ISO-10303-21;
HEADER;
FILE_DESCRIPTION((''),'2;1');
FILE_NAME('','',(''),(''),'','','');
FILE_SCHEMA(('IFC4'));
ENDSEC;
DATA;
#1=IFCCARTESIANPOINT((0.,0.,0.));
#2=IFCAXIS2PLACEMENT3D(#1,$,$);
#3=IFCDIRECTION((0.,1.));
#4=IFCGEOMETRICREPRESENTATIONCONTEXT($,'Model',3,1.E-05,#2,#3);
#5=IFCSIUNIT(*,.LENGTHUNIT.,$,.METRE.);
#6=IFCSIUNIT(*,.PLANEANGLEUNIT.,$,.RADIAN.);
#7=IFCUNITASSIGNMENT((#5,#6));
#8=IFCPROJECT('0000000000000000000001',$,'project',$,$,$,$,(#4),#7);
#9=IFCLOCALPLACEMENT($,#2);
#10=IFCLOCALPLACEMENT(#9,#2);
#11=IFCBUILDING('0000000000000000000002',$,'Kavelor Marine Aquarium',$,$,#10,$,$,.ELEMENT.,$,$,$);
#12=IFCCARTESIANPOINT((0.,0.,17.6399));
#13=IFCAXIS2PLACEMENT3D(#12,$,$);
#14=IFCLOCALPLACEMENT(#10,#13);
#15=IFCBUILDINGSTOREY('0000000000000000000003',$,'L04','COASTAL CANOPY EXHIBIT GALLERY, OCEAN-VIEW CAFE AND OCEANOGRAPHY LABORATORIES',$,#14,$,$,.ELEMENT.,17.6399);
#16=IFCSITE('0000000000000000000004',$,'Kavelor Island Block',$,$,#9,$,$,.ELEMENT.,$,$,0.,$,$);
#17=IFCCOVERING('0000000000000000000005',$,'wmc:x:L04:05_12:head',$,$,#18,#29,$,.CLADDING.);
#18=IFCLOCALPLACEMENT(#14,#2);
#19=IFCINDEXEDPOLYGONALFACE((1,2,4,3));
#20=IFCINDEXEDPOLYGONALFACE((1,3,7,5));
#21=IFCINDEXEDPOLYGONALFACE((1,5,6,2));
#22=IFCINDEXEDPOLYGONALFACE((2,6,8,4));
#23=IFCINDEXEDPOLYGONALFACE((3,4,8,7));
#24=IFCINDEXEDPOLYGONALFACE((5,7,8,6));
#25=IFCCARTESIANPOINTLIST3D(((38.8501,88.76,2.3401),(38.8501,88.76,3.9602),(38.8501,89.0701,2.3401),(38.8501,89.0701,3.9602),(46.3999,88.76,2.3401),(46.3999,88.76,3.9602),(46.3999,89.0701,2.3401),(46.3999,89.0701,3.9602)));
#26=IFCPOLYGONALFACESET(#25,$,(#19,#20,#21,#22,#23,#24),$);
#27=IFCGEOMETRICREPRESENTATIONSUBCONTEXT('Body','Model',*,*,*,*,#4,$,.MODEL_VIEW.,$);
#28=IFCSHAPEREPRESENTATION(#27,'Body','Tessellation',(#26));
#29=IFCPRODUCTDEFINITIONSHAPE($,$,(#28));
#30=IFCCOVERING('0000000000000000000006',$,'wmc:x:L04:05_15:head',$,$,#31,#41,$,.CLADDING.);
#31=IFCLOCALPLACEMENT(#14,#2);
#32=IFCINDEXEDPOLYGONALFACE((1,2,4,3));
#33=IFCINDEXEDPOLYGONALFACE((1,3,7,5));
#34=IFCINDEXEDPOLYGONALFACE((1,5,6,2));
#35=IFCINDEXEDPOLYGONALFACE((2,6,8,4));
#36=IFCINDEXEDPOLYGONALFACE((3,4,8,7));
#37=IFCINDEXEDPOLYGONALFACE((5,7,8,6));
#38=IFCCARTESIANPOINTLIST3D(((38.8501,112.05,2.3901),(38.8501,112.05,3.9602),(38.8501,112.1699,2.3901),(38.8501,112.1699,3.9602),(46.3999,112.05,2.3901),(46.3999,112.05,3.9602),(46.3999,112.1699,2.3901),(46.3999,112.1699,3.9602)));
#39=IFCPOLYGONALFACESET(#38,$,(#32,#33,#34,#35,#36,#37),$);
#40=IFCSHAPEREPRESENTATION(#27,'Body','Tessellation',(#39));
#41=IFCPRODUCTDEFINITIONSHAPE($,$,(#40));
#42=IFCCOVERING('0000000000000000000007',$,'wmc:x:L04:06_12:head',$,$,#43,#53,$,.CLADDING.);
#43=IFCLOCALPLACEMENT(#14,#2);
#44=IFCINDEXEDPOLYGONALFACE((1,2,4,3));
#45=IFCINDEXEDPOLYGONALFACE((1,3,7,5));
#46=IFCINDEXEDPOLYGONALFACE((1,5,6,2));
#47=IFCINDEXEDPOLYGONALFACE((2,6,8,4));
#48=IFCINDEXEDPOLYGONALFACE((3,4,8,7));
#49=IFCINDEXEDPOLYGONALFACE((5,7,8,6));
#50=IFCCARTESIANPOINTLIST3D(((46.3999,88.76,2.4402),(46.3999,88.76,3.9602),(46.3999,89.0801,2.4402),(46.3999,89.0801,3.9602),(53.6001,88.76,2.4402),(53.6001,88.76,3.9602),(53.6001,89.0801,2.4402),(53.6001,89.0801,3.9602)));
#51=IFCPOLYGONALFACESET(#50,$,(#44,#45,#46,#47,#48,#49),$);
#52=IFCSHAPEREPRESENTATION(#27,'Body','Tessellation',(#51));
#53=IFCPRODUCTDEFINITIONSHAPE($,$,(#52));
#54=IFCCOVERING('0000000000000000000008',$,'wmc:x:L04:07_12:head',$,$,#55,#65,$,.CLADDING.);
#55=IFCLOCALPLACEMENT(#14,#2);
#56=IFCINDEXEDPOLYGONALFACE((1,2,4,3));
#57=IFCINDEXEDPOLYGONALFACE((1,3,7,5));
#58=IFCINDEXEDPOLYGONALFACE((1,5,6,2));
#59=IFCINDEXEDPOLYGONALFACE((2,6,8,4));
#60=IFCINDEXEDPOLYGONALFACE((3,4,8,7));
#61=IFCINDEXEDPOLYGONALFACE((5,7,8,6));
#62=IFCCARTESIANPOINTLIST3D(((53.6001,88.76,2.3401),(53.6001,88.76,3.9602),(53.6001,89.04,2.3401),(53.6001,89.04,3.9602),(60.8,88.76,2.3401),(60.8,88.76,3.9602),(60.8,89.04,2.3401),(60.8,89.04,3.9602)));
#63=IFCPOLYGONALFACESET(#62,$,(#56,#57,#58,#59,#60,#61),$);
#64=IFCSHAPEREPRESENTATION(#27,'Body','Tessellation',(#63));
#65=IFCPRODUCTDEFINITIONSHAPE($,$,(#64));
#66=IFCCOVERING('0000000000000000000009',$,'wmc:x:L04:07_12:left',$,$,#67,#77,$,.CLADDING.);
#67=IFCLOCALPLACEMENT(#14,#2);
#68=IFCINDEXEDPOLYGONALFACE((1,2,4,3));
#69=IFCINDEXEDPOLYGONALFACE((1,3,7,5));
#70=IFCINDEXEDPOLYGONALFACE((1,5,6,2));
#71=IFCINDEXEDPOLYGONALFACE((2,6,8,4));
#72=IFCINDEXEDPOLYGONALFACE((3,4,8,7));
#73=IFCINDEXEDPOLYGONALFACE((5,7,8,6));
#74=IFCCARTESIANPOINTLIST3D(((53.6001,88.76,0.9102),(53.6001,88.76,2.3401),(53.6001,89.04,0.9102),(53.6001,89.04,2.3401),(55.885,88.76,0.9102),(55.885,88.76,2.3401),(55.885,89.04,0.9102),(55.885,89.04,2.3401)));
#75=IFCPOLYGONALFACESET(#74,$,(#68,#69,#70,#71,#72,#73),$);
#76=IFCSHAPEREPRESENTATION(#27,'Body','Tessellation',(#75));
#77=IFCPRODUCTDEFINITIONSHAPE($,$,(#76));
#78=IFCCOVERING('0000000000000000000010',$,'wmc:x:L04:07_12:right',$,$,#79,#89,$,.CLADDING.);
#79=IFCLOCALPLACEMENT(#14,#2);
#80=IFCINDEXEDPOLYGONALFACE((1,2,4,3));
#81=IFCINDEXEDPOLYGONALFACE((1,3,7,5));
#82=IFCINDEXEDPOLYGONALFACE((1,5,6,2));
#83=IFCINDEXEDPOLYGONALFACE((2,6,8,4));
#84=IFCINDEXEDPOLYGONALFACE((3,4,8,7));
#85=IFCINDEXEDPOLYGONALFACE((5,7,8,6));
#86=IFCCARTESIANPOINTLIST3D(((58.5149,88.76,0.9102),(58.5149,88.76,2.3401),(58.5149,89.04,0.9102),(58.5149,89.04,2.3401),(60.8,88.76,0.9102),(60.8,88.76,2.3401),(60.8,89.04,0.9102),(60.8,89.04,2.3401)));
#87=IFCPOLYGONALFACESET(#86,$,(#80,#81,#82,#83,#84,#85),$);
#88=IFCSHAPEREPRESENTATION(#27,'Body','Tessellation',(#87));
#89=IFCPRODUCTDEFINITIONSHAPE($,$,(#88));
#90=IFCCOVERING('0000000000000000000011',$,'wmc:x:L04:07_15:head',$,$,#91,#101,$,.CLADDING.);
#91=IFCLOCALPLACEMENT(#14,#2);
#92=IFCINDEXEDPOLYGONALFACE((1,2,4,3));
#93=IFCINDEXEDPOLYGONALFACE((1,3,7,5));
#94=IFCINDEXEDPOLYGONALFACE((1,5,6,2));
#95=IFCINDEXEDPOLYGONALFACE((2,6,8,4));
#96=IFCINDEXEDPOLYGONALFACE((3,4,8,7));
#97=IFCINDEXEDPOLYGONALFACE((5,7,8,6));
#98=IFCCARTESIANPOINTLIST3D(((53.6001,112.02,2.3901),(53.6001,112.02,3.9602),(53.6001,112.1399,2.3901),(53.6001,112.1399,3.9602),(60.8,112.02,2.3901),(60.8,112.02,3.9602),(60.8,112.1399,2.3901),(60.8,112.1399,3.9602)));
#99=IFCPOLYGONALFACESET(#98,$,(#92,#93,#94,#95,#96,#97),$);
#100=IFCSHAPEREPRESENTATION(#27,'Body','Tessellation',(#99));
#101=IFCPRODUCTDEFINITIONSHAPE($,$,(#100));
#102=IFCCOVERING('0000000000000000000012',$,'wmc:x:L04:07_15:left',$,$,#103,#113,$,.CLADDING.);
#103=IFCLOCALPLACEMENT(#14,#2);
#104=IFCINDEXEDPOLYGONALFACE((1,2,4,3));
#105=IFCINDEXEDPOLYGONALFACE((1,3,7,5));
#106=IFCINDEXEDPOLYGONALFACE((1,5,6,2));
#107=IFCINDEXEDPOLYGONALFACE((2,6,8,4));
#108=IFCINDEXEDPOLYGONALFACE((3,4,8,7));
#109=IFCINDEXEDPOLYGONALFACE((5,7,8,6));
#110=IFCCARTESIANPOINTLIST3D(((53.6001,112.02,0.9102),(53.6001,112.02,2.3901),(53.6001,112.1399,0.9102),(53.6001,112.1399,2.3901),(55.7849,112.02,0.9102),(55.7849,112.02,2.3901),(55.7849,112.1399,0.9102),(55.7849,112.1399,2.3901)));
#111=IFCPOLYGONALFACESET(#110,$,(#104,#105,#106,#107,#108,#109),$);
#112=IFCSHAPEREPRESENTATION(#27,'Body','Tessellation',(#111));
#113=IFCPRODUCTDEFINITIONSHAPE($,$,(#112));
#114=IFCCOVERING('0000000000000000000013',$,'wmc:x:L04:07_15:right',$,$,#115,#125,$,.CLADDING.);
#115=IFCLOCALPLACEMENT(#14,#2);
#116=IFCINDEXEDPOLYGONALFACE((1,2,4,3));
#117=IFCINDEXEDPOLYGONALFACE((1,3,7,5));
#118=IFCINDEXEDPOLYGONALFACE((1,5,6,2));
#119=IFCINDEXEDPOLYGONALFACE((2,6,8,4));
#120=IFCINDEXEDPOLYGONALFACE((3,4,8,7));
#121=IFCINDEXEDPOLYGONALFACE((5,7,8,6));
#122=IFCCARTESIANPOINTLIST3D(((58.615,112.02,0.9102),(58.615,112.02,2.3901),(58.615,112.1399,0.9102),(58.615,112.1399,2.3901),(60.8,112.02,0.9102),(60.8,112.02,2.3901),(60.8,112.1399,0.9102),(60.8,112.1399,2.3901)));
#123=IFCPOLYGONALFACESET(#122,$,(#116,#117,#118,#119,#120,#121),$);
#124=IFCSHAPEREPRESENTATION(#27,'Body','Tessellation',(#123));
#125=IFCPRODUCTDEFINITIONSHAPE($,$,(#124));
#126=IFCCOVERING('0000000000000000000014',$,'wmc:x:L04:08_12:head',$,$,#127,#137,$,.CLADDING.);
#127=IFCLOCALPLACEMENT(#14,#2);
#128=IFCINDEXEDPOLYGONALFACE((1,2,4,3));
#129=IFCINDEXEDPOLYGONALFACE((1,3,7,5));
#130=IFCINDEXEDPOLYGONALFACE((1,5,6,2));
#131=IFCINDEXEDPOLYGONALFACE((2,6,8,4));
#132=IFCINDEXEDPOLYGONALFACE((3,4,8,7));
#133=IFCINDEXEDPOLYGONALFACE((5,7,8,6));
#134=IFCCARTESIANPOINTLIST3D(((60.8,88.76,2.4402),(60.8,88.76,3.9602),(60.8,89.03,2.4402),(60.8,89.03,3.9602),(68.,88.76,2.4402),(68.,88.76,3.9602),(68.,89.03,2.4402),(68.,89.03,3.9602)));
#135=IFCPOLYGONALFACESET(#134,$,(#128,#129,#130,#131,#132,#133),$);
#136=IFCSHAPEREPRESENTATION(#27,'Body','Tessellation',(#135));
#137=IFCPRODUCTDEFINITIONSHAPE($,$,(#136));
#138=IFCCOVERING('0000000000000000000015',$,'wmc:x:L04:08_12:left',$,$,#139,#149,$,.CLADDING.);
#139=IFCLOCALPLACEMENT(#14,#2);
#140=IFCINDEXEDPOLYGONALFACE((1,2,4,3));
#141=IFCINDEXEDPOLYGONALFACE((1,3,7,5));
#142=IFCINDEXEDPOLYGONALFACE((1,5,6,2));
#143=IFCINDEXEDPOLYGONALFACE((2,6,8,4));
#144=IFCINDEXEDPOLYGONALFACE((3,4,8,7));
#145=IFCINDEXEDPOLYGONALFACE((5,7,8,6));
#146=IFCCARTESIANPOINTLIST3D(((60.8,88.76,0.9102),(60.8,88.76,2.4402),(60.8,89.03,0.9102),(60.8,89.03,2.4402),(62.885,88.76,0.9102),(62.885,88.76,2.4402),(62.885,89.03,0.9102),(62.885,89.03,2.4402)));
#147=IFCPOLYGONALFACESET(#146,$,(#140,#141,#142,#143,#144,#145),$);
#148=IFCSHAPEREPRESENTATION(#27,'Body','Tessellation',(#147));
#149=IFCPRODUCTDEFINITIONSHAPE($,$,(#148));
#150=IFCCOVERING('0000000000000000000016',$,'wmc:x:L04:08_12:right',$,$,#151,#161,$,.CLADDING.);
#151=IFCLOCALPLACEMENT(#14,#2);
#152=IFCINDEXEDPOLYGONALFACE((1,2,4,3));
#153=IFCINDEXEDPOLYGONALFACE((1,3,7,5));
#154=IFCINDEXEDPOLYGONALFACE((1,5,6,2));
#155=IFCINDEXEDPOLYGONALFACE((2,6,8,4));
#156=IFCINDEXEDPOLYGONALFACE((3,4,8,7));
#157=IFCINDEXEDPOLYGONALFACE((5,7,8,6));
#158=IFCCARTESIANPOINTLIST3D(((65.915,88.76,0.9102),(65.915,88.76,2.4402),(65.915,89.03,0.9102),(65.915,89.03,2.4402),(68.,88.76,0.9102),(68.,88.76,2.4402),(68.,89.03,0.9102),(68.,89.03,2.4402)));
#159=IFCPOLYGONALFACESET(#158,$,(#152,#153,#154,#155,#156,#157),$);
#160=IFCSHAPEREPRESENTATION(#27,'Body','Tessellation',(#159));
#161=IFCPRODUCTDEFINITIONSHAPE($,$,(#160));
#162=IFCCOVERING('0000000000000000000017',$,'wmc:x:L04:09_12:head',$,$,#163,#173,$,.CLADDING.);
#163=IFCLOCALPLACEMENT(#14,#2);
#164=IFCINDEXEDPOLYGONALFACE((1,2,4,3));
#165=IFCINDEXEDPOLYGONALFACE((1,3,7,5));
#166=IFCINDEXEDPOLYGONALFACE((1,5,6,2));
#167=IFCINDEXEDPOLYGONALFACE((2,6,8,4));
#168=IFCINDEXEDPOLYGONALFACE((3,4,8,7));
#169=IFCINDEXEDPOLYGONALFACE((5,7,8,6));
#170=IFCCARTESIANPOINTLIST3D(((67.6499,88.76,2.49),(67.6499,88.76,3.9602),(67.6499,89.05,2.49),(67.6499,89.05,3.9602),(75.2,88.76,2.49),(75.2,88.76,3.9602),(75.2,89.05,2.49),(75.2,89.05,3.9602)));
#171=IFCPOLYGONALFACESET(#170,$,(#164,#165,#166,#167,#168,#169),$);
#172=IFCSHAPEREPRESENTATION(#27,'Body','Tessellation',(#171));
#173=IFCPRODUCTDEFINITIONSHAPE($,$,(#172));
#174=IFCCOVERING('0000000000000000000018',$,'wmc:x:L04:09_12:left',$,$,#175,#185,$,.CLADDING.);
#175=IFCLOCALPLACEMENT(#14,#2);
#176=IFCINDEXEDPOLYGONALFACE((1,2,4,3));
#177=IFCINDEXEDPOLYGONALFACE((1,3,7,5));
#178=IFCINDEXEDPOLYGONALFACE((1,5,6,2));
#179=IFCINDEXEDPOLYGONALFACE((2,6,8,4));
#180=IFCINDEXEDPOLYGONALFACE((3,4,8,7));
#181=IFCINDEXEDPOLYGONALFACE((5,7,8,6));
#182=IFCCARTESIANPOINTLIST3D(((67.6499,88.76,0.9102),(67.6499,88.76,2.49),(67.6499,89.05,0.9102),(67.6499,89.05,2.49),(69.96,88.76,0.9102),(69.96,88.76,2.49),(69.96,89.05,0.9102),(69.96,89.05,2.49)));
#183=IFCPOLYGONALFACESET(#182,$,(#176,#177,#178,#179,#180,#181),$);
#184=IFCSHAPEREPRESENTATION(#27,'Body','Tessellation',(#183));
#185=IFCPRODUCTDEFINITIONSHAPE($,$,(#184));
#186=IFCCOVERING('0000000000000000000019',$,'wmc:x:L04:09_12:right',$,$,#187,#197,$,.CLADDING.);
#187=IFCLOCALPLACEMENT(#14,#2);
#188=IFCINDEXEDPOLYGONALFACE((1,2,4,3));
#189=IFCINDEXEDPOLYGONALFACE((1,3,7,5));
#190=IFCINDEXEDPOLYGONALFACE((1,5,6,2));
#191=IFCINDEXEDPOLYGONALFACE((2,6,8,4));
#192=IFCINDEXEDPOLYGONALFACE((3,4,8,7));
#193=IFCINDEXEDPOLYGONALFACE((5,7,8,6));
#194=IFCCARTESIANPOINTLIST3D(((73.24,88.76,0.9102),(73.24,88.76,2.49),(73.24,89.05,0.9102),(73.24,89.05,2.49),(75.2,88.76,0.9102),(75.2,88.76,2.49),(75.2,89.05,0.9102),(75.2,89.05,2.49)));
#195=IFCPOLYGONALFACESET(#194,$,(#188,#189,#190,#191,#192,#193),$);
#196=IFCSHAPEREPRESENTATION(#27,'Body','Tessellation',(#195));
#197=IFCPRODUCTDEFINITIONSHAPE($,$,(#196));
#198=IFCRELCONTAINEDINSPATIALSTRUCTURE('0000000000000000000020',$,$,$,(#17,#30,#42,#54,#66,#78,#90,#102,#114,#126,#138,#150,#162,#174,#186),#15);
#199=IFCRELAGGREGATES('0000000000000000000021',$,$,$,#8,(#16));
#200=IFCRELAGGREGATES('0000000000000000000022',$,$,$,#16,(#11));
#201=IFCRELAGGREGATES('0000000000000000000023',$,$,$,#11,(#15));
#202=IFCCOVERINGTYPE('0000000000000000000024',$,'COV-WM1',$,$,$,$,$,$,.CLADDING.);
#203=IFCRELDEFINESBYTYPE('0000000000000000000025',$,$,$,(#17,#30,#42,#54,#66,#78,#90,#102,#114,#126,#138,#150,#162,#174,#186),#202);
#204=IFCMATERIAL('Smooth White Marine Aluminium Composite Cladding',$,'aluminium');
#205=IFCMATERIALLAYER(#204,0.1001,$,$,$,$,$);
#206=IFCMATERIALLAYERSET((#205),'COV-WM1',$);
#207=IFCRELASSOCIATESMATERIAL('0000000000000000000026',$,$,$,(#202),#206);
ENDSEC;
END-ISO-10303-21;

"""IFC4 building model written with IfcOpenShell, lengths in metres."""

from ifc_helpers import new_model, si_unit, direction, frame, origin, place, context, subcontext, project, spatial, polyline, outline, extrude, material, layer, layer_set, type_object, element, save


model = new_model("IFC4")

# Units and contexts
model_context = context("Model", 3, precision=1e-05, world=origin(), true_north=direction((0.0, 1.0)))
body_context = subcontext(model_context, "Body", "Model", "MODEL_VIEW")
ifc_project = project(units=[si_unit("LENGTHUNIT", "METRE"), si_unit("PLANEANGLEUNIT", "RADIAN")], contexts=[model_context])

# Site, building, storey
site_placement = place(None, origin())
site = spatial("IfcSite", under=ifc_project, at=site_placement, Name="Kavelor Island Block", CompositionType="ELEMENT", RefElevation=0.0)
building_placement = place(site_placement, origin())
building = spatial("IfcBuilding", under=site, at=building_placement, Name="Kavelor Marine Aquarium", CompositionType="ELEMENT")
storey_placement = place(building_placement, frame((0.0, 0.0, 17.6399)))
storey = spatial("IfcBuildingStorey", under=building, at=storey_placement, Name="L04", Description="COASTAL CANOPY EXHIBIT GALLERY, OCEAN-VIEW CAFE AND OCEANOGRAPHY LABORATORIES", CompositionType="ELEMENT", Elevation=17.6399)

# Coverings
ifc_material = material(Name="Smooth White Marine Aluminium Composite Cladding", Category="aluminium")
ifc_layer = layer(ifc_material, 0.1001)
ifc_layer_set = layer_set([ifc_layer], Name="COV-WM1")
covering_type = type_object("IfcCoveringType", Name="COV-WM1", PredefinedType="CLADDING", material=ifc_layer_set)
covering_1_placement = place(storey_placement, frame((0.0, 0.0, 2.3401)))
element("IfcCovering", 1, at=covering_1_placement, inside=storey, type_object=covering_type, Name="wmc:x:L04:05_12:head", PredefinedType="CLADDING", context=body_context, shape_type="SweptSolid", body=[
    extrude(outline(polyline([(38.8501, 88.76), (46.3999, 88.76), (46.3999, 89.0701), (38.8501, 89.0701), (38.8501, 88.76)])), origin(), (0.0, 0.0, 1.0), 1.6201),
])
covering_2_placement = place(storey_placement, frame((0.0, 0.0, 2.3901)))
element("IfcCovering", 2, at=covering_2_placement, inside=storey, type_object=covering_type, Name="wmc:x:L04:05_15:head", PredefinedType="CLADDING", context=body_context, shape_type="SweptSolid", body=[
    extrude(outline(polyline([(38.8501, 112.05), (46.3999, 112.05), (46.3999, 112.1699), (38.8501, 112.1699), (38.8501, 112.05)])), origin(), (0.0, 0.0, 1.0), 1.5701),
])
covering_3_placement = place(storey_placement, frame((0.0, 0.0, 2.4402)))
element("IfcCovering", 3, at=covering_3_placement, inside=storey, type_object=covering_type, Name="wmc:x:L04:06_12:head", PredefinedType="CLADDING", context=body_context, shape_type="SweptSolid", body=[
    extrude(outline(polyline([(46.3999, 88.76), (53.6001, 88.76), (53.6001, 89.0801), (46.3999, 89.0801), (46.3999, 88.76)])), origin(), (0.0, 0.0, 1.0), 1.52),
])
covering_4_placement = place(storey_placement, frame((0.0, 0.0, 2.3401)))
element("IfcCovering", 4, at=covering_4_placement, inside=storey, type_object=covering_type, Name="wmc:x:L04:07_12:head", PredefinedType="CLADDING", context=body_context, shape_type="SweptSolid", body=[
    extrude(outline(polyline([(53.6001, 88.76), (60.8, 88.76), (60.8, 89.04), (53.6001, 89.04), (53.6001, 88.76)])), origin(), (0.0, 0.0, 1.0), 1.6201),
])
covering_5_placement = place(storey_placement, frame((0.0, 0.0, 0.9102)))
element("IfcCovering", 5, at=covering_5_placement, inside=storey, type_object=covering_type, Name="wmc:x:L04:07_12:left", PredefinedType="CLADDING", context=body_context, shape_type="SweptSolid", body=[
    extrude(outline(polyline([(53.6001, 88.76), (55.885, 88.76), (55.885, 89.04), (53.6001, 89.04), (53.6001, 88.76)])), origin(), (0.0, 0.0, 1.0), 1.4299),
])
covering_6_placement = place(storey_placement, frame((0.0, 0.0, 0.9102)))
element("IfcCovering", 6, at=covering_6_placement, inside=storey, type_object=covering_type, Name="wmc:x:L04:07_12:right", PredefinedType="CLADDING", context=body_context, shape_type="SweptSolid", body=[
    extrude(outline(polyline([(58.5149, 88.76), (60.8, 88.76), (60.8, 89.04), (58.5149, 89.04), (58.5149, 88.76)])), origin(), (0.0, 0.0, 1.0), 1.4299),
])
covering_7_placement = place(storey_placement, frame((0.0, 0.0, 2.3901)))
element("IfcCovering", 7, at=covering_7_placement, inside=storey, type_object=covering_type, Name="wmc:x:L04:07_15:head", PredefinedType="CLADDING", context=body_context, shape_type="SweptSolid", body=[
    extrude(outline(polyline([(53.6001, 112.02), (60.8, 112.02), (60.8, 112.1399), (53.6001, 112.1399), (53.6001, 112.02)])), origin(), (0.0, 0.0, 1.0), 1.5701),
])
covering_8_placement = place(storey_placement, frame((0.0, 0.0, 0.9102)))
element("IfcCovering", 8, at=covering_8_placement, inside=storey, type_object=covering_type, Name="wmc:x:L04:07_15:left", PredefinedType="CLADDING", context=body_context, shape_type="SweptSolid", body=[
    extrude(outline(polyline([(53.6001, 112.02), (55.7849, 112.02), (55.7849, 112.1399), (53.6001, 112.1399), (53.6001, 112.02)])), origin(), (0.0, 0.0, 1.0), 1.48),
])
covering_9_placement = place(storey_placement, frame((0.0, 0.0, 0.9102)))
element("IfcCovering", 9, at=covering_9_placement, inside=storey, type_object=covering_type, Name="wmc:x:L04:07_15:right", PredefinedType="CLADDING", context=body_context, shape_type="SweptSolid", body=[
    extrude(outline(polyline([(58.615, 112.02), (60.8, 112.02), (60.8, 112.1399), (58.615, 112.1399), (58.615, 112.02)])), origin(), (0.0, 0.0, 1.0), 1.48),
])
covering_10_placement = place(storey_placement, frame((0.0, 0.0, 2.4402)))
element("IfcCovering", 10, at=covering_10_placement, inside=storey, type_object=covering_type, Name="wmc:x:L04:08_12:head", PredefinedType="CLADDING", context=body_context, shape_type="SweptSolid", body=[
    extrude(outline(polyline([(60.8, 88.76), (68.0, 88.76), (68.0, 89.03), (60.8, 89.03), (60.8, 88.76)])), origin(), (0.0, 0.0, 1.0), 1.52),
])
covering_11_placement = place(storey_placement, frame((0.0, 0.0, 0.9102)))
element("IfcCovering", 11, at=covering_11_placement, inside=storey, type_object=covering_type, Name="wmc:x:L04:08_12:left", PredefinedType="CLADDING", context=body_context, shape_type="SweptSolid", body=[
    extrude(outline(polyline([(60.8, 88.76), (62.885, 88.76), (62.885, 89.03), (60.8, 89.03), (60.8, 88.76)])), origin(), (0.0, 0.0, 1.0), 1.53),
])
covering_12_placement = place(storey_placement, frame((0.0, 0.0, 0.9102)))
element("IfcCovering", 12, at=covering_12_placement, inside=storey, type_object=covering_type, Name="wmc:x:L04:08_12:right", PredefinedType="CLADDING", context=body_context, shape_type="SweptSolid", body=[
    extrude(outline(polyline([(65.915, 88.76), (68.0, 88.76), (68.0, 89.03), (65.915, 89.03), (65.915, 88.76)])), origin(), (0.0, 0.0, 1.0), 1.53),
])
covering_13_placement = place(storey_placement, frame((0.0, 0.0, 2.49)))
element("IfcCovering", 13, at=covering_13_placement, inside=storey, type_object=covering_type, Name="wmc:x:L04:09_12:head", PredefinedType="CLADDING", context=body_context, shape_type="SweptSolid", body=[
    extrude(outline(polyline([(67.6499, 88.76), (75.2, 88.76), (75.2, 89.05), (67.6499, 89.05), (67.6499, 88.76)])), origin(), (0.0, 0.0, 1.0), 1.4702),
])
covering_14_placement = place(storey_placement, frame((0.0, 0.0, 0.9102)))
element("IfcCovering", 14, at=covering_14_placement, inside=storey, type_object=covering_type, Name="wmc:x:L04:09_12:left", PredefinedType="CLADDING", context=body_context, shape_type="SweptSolid", body=[
    extrude(outline(polyline([(67.6499, 88.76), (69.96, 88.76), (69.96, 89.05), (67.6499, 89.05), (67.6499, 88.76)])), origin(), (0.0, 0.0, 1.0), 1.5798),
])
covering_15_placement = place(storey_placement, frame((0.0, 0.0, 0.9102)))
element("IfcCovering", 15, at=covering_15_placement, inside=storey, type_object=covering_type, Name="wmc:x:L04:09_12:right", PredefinedType="CLADDING", context=body_context, shape_type="SweptSolid", body=[
    extrude(outline(polyline([(73.24, 88.76), (75.2, 88.76), (75.2, 89.05), (73.24, 89.05), (73.24, 88.76)])), origin(), (0.0, 0.0, 1.0), 1.5798),
])

save(model, "model.ifc")
